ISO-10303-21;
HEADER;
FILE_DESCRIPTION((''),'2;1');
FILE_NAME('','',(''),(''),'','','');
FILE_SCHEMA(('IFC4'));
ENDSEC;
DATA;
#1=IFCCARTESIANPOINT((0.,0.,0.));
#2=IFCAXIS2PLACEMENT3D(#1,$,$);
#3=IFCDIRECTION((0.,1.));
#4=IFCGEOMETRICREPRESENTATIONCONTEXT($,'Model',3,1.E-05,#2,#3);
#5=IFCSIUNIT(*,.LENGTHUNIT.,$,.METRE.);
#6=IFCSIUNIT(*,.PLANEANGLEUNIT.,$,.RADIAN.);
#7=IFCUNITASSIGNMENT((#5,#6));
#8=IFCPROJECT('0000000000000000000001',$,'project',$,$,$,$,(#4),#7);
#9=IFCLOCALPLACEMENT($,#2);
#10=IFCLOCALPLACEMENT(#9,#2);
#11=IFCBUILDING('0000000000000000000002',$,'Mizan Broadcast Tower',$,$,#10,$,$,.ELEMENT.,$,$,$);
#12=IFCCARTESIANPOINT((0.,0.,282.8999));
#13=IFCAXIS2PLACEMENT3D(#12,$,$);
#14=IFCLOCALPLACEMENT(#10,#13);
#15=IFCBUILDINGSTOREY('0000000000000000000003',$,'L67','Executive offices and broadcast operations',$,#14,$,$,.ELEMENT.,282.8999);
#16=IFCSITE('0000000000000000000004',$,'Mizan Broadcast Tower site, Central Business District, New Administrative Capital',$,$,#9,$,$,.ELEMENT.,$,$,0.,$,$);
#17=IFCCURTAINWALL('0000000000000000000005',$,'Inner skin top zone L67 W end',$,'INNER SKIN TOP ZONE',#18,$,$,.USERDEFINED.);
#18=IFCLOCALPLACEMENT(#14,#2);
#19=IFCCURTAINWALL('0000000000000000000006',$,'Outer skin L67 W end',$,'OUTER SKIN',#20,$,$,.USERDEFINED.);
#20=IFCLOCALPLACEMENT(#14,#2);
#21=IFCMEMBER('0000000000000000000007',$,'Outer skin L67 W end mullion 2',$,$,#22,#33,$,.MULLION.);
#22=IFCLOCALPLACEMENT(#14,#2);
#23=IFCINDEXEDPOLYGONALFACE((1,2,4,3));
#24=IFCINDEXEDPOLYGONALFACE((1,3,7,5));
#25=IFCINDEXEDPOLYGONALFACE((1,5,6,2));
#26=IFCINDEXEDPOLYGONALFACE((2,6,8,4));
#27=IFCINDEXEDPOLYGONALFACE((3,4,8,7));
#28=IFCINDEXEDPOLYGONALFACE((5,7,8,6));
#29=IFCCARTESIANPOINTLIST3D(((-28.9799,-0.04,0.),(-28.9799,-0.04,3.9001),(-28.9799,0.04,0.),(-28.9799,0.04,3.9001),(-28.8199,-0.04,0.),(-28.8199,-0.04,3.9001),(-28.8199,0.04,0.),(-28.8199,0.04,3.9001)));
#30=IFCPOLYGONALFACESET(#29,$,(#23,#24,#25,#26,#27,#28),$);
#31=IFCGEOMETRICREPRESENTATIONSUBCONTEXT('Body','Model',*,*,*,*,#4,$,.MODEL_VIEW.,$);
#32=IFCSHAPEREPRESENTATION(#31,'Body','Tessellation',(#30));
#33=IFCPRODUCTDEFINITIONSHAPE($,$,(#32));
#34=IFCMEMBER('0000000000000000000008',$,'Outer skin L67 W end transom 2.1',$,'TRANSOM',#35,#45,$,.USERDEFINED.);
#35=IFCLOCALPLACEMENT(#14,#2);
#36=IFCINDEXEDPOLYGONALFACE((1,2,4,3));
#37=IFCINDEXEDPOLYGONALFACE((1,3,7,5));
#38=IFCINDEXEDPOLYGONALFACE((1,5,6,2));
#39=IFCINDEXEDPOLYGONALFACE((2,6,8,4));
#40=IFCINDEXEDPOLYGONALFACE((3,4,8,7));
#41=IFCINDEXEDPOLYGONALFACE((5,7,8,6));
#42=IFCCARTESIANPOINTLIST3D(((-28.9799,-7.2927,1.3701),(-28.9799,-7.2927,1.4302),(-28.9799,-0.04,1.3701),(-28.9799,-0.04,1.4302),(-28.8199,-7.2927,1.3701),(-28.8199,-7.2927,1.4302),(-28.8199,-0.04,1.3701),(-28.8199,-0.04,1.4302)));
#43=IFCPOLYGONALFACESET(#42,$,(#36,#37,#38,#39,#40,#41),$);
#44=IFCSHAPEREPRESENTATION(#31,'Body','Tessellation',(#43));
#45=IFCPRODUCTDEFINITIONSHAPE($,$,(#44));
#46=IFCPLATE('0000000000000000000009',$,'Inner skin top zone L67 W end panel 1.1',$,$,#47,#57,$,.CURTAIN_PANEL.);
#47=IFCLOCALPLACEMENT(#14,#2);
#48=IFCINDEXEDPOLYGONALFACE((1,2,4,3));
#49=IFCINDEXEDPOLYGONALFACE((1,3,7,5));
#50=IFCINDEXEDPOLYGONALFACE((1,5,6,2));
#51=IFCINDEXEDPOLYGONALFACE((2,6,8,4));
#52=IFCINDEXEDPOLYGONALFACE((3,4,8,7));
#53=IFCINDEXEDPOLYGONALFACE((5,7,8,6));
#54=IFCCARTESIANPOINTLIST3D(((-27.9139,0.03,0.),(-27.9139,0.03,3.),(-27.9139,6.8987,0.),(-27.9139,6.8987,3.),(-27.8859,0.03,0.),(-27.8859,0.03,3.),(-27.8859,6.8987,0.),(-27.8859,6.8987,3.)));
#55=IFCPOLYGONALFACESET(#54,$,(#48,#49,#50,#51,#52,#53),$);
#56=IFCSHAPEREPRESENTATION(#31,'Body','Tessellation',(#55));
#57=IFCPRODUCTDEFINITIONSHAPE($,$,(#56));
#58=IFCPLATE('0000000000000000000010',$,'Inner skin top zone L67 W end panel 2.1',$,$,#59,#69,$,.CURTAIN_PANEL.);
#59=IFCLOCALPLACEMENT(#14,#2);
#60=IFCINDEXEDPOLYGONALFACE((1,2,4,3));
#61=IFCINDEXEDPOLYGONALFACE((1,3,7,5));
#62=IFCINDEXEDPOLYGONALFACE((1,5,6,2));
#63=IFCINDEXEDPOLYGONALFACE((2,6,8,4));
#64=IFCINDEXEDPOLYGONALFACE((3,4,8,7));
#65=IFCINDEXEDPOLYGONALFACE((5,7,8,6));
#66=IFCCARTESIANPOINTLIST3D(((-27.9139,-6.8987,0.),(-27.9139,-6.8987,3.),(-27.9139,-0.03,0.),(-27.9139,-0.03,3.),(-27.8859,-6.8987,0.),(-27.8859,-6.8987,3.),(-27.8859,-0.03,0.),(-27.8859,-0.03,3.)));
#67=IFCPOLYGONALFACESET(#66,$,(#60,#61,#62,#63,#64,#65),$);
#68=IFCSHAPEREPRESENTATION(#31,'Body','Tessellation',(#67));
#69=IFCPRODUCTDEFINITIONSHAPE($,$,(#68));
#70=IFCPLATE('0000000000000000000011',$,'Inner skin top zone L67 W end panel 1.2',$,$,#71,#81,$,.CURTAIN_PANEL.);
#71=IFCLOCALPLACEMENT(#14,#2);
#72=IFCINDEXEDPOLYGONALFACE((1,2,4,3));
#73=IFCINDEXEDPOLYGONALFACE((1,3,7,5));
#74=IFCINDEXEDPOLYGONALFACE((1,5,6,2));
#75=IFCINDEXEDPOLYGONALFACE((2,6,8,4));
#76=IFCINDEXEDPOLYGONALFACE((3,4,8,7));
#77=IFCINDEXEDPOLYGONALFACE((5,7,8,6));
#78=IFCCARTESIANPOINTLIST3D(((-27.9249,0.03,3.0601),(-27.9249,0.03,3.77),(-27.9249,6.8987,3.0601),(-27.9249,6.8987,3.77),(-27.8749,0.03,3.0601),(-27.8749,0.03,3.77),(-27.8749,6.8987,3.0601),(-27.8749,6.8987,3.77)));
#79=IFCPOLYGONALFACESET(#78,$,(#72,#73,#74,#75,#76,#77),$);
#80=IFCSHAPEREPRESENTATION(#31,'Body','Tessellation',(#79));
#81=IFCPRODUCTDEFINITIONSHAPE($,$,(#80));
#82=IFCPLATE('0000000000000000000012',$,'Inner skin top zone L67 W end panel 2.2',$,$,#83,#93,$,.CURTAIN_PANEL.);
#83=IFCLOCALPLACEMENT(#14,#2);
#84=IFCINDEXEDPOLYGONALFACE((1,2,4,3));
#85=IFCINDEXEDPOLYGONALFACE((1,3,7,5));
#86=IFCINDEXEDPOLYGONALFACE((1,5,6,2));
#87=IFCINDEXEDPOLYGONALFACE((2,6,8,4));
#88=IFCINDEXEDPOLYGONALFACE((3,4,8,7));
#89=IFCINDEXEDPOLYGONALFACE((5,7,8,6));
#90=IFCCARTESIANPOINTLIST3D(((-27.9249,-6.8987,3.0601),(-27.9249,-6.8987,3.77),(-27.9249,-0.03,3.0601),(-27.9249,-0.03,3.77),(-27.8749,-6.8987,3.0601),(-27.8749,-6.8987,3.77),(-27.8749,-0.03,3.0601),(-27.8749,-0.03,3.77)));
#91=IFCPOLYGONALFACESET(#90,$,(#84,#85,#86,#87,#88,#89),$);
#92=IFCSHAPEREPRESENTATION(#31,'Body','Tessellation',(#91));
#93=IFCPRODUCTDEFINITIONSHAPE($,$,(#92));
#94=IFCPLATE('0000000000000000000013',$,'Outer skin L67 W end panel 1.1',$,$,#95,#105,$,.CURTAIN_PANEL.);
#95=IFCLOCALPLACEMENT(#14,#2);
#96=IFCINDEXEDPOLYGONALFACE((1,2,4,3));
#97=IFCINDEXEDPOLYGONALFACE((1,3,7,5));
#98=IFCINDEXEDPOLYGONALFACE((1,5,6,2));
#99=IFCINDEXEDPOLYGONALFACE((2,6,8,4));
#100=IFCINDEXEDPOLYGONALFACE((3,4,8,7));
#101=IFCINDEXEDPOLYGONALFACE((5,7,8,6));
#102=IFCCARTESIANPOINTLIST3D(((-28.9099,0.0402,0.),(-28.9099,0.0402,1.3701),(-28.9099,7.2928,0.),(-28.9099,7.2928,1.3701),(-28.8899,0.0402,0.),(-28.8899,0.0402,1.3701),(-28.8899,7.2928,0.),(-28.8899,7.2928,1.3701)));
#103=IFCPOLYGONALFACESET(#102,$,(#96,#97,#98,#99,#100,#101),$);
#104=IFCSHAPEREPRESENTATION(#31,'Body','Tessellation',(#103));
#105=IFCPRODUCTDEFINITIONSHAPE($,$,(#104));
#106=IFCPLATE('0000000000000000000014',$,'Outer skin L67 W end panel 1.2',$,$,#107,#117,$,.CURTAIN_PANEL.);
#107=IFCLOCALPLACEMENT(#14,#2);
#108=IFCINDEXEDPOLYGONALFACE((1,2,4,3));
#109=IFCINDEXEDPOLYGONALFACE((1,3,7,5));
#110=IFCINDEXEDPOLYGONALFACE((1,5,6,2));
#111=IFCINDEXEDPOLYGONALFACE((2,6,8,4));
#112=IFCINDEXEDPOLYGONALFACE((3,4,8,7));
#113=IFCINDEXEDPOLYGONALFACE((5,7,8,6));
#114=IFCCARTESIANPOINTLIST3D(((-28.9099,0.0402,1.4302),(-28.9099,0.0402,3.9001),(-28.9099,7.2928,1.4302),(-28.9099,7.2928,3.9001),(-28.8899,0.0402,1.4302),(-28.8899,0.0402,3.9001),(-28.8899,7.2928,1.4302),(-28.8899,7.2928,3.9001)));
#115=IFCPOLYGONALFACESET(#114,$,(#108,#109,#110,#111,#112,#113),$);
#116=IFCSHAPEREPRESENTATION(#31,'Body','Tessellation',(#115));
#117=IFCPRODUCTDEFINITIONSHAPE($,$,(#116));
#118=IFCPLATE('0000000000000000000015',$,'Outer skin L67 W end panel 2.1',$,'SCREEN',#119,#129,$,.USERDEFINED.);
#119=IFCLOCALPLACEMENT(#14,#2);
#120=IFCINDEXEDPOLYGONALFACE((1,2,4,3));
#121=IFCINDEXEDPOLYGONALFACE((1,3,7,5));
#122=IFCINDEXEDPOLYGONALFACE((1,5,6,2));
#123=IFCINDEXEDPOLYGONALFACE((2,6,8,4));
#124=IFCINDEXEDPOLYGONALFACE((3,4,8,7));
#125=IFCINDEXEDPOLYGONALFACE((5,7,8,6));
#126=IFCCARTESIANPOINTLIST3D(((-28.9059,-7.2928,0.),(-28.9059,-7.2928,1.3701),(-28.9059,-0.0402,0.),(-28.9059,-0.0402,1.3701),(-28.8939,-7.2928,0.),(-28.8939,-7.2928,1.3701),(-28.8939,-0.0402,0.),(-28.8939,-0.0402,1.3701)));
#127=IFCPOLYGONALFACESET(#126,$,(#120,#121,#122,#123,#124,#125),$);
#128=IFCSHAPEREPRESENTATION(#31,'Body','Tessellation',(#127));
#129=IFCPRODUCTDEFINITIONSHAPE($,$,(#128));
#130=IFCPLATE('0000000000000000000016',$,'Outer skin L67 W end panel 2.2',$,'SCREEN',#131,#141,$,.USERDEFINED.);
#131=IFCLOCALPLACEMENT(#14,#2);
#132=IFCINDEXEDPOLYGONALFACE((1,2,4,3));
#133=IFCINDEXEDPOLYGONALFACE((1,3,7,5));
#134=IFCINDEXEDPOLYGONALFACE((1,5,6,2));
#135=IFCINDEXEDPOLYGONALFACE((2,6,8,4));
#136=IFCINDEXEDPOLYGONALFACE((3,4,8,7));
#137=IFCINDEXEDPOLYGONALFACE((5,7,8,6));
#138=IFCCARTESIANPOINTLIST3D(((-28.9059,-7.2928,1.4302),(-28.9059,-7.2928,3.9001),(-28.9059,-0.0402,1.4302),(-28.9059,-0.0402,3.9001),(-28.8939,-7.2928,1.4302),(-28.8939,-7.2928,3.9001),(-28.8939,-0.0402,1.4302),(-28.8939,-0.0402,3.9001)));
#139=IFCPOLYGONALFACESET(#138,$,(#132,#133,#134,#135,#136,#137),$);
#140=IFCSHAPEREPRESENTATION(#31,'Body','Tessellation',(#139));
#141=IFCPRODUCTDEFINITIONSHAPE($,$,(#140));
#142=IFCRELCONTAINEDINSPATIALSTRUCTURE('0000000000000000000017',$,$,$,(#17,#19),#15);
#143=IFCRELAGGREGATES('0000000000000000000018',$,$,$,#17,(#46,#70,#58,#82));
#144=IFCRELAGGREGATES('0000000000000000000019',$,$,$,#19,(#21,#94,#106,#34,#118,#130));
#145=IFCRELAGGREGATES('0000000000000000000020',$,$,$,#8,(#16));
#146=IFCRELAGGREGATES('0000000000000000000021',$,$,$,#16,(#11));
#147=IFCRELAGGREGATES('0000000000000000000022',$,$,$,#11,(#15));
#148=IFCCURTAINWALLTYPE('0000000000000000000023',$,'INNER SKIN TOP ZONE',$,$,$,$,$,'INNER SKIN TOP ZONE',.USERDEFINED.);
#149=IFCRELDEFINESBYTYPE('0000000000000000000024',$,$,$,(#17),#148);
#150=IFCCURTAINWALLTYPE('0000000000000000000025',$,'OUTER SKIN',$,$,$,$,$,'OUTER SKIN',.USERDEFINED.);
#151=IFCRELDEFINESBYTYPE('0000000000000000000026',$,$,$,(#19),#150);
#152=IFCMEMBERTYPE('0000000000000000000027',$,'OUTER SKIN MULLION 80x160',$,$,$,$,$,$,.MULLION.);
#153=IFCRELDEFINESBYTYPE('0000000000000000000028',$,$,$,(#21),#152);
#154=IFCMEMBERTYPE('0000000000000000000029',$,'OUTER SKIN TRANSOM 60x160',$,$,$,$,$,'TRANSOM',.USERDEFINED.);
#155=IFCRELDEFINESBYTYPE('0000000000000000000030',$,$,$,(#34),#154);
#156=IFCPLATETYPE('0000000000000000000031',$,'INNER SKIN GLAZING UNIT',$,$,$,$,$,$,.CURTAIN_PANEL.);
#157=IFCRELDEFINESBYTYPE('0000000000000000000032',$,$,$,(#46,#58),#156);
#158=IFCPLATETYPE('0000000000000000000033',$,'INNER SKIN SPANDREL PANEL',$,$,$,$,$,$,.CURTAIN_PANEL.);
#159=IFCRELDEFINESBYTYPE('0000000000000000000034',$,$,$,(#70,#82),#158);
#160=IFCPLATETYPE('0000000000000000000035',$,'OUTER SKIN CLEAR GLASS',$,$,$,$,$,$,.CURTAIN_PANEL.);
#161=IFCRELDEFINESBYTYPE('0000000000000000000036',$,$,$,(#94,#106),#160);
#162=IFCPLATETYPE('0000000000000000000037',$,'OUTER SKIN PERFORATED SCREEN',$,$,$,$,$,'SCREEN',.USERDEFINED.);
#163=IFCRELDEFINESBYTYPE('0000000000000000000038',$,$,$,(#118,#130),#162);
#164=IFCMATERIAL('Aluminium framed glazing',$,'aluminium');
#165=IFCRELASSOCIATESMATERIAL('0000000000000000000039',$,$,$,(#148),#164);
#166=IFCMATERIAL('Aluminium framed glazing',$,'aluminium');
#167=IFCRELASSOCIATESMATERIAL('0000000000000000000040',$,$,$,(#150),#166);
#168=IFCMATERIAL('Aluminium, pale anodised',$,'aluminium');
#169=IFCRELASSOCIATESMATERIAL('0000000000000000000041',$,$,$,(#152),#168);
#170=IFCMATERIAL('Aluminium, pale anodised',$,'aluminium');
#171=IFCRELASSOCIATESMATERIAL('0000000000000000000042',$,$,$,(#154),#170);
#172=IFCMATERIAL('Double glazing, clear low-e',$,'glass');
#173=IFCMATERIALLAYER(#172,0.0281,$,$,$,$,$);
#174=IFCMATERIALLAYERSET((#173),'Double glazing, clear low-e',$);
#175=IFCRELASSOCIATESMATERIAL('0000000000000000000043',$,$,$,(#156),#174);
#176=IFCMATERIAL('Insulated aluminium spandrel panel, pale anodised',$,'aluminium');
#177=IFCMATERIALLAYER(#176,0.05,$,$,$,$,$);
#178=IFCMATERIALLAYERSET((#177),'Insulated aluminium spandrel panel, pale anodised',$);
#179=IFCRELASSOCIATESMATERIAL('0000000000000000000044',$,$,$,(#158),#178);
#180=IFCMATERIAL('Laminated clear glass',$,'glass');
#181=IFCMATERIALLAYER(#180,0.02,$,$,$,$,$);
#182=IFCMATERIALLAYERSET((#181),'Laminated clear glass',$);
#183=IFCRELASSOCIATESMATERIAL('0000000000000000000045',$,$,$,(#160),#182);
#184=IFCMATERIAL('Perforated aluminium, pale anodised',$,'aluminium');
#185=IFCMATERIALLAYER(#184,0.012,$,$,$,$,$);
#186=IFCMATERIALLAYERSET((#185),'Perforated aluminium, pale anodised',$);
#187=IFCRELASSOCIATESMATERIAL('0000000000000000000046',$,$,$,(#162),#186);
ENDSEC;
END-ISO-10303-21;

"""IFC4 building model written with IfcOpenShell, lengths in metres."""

from ifc_helpers import new_model, si_unit, direction, frame, origin, origin_2d, place, context, subcontext, project, spatial, rectangle, extrude, material, layer, layer_set, material_profile, profile_set, type_object, element, aggregate, save


model = new_model("IFC4")

# Units and contexts
model_context = context("Model", 3, precision=1e-05, world=origin(), true_north=direction((0.0, 1.0)))
body_context = subcontext(model_context, "Body", "Model", "MODEL_VIEW")
ifc_project = project(units=[si_unit("LENGTHUNIT", "METRE"), si_unit("PLANEANGLEUNIT", "RADIAN")], contexts=[model_context])

# Site, building, storey
site_placement = place(None, origin())
site = spatial("IfcSite", under=ifc_project, at=site_placement, Name="Mizan Broadcast Tower site, Central Business District, New Administrative Capital", CompositionType="ELEMENT", RefElevation=0.0)
building_placement = place(site_placement, origin())
building = spatial("IfcBuilding", under=site, at=building_placement, Name="Mizan Broadcast Tower", CompositionType="ELEMENT")
storey_placement = place(building_placement, frame((0.0, 0.0, 282.8999)))
storey = spatial("IfcBuildingStorey", under=building, at=storey_placement, Name="L67", Description="Executive offices and broadcast operations", CompositionType="ELEMENT", Elevation=282.8999)

# Shared definitions
ifc_material_1 = material(Name="Aluminium framed glazing", Category="aluminium")
curtain_wall_type_1 = type_object("IfcCurtainWallType", Name="INNER SKIN TOP ZONE", ElementType="INNER SKIN TOP ZONE", PredefinedType="USERDEFINED", material=ifc_material_1)

# Curtain wall
curtain_wall_1_placement = place(storey_placement, origin())
curtain_wall_1 = element("IfcCurtainWall", 1, at=curtain_wall_1_placement, inside=storey, type_object=curtain_wall_type_1, Name="Inner skin top zone L67 W end", ObjectType="INNER SKIN TOP ZONE", PredefinedType="USERDEFINED")

# Curtain wall, members
ifc_material_2 = material(Name="Aluminium framed glazing", Category="aluminium")
curtain_wall_type_2 = type_object("IfcCurtainWallType", Name="OUTER SKIN", ElementType="OUTER SKIN", PredefinedType="USERDEFINED", material=ifc_material_2)
curtain_wall_2_placement = place(storey_placement, origin())
curtain_wall_2 = element("IfcCurtainWall", 2, at=curtain_wall_2_placement, inside=storey, type_object=curtain_wall_type_2, Name="Outer skin L67 W end", ObjectType="OUTER SKIN", PredefinedType="USERDEFINED")
ifc_material_3 = material(Name="Aluminium, pale anodised", Category="aluminium")
ifc_material_profile_1 = material_profile(ifc_material_3, rectangle(XDim=0.1599, YDim=0.0801, at=origin_2d()), Name="MULLION 160x80")
ifc_profile_set_1 = profile_set([ifc_material_profile_1], Name="Aluminium, pale anodised")
member_type_1 = type_object("IfcMemberType", Name="OUTER SKIN MULLION 80x160", PredefinedType="MULLION", material=ifc_profile_set_1)
member_1_placement = place(storey_placement, frame((-28.8999, 0.0, 0.0), z_axis=(0.0, 0.0, 1.0), x_axis=(1.0, 0.0, 0.0)))
member_1 = element("IfcMember", 3, at=member_1_placement, type_object=member_type_1, Name="Outer skin L67 W end mullion 2", PredefinedType="MULLION", context=body_context, shape_type="SweptSolid", body=[
    extrude(rectangle(XDim=0.1599, YDim=0.0801, at=origin_2d()), origin(), (0.0, 0.0, 1.0), 3.9001),
])
ifc_material_4 = material(Name="Aluminium, pale anodised", Category="aluminium")
ifc_material_profile_2 = material_profile(ifc_material_4, rectangle(XDim=0.1599, YDim=0.0601, at=origin_2d()), Name="TRANSOM 160x60")
ifc_profile_set_2 = profile_set([ifc_material_profile_2], Name="Aluminium, pale anodised")
member_type_2 = type_object("IfcMemberType", Name="OUTER SKIN TRANSOM 60x160", ElementType="TRANSOM", PredefinedType="USERDEFINED", material=ifc_profile_set_2)
member_2_placement = place(storey_placement, frame((-28.8999, -0.04, 1.4001), z_axis=(0.0, -1.0, 0.0), x_axis=(1.0, 0.0, 0.0)))
member_2 = element("IfcMember", 4, at=member_2_placement, type_object=member_type_2, Name="Outer skin L67 W end transom 2.1", ObjectType="TRANSOM", PredefinedType="USERDEFINED", context=body_context, shape_type="SweptSolid", body=[
    extrude(rectangle(XDim=0.1599, YDim=0.0601, at=origin_2d()), origin(), (0.0, 0.0, 1.0), 7.2527),
])

# Plates
ifc_material_5 = material(Name="Double glazing, clear low-e", Category="glass")
ifc_layer_1 = layer(ifc_material_5, 0.0281)
ifc_layer_set_1 = layer_set([ifc_layer_1], Name="Double glazing, clear low-e")
plate_type_1 = type_object("IfcPlateType", Name="INNER SKIN GLAZING UNIT", PredefinedType="CURTAIN_PANEL", material=ifc_layer_set_1)
plate_1_placement = place(storey_placement, frame((-27.8999, 3.4644, 0.0), z_axis=(0.0, 0.0, 1.0), x_axis=(0.0, -1.0, 0.0)))
plate_1 = element("IfcPlate", 5, at=plate_1_placement, type_object=plate_type_1, Name="Inner skin top zone L67 W end panel 1.1", PredefinedType="CURTAIN_PANEL", context=body_context, shape_type="SweptSolid", body=[
    extrude(rectangle(XDim=6.8687, YDim=0.0281, at=origin_2d()), origin(), (0.0, 0.0, 1.0), 3.0),
])
plate_2_placement = place(storey_placement, frame((-27.8999, -3.4644, 0.0), z_axis=(0.0, 0.0, 1.0), x_axis=(0.0, -1.0, 0.0)))
plate_2 = element("IfcPlate", 6, at=plate_2_placement, type_object=plate_type_1, Name="Inner skin top zone L67 W end panel 2.1", PredefinedType="CURTAIN_PANEL", context=body_context, shape_type="SweptSolid", body=[
    extrude(rectangle(XDim=6.8687, YDim=0.0281, at=origin_2d()), origin(), (0.0, 0.0, 1.0), 3.0),
])
ifc_material_6 = material(Name="Insulated aluminium spandrel panel, pale anodised", Category="aluminium")
ifc_layer_2 = layer(ifc_material_6, 0.05)
ifc_layer_set_2 = layer_set([ifc_layer_2], Name="Insulated aluminium spandrel panel, pale anodised")
plate_type_2 = type_object("IfcPlateType", Name="INNER SKIN SPANDREL PANEL", PredefinedType="CURTAIN_PANEL", material=ifc_layer_set_2)
plate_3_placement = place(storey_placement, frame((-27.8999, 3.4644, 3.0601), z_axis=(0.0, 0.0, 1.0), x_axis=(0.0, -1.0, 0.0)))
plate_3 = element("IfcPlate", 7, at=plate_3_placement, type_object=plate_type_2, Name="Inner skin top zone L67 W end panel 1.2", PredefinedType="CURTAIN_PANEL", context=body_context, shape_type="SweptSolid", body=[
    extrude(rectangle(XDim=6.8687, YDim=0.05, at=origin_2d()), origin(), (0.0, 0.0, 1.0), 0.71),
])
plate_4_placement = place(storey_placement, frame((-27.8999, -3.4644, 3.0601), z_axis=(0.0, 0.0, 1.0), x_axis=(0.0, -1.0, 0.0)))
plate_4 = element("IfcPlate", 8, at=plate_4_placement, type_object=plate_type_2, Name="Inner skin top zone L67 W end panel 2.2", PredefinedType="CURTAIN_PANEL", context=body_context, shape_type="SweptSolid", body=[
    extrude(rectangle(XDim=6.8687, YDim=0.05, at=origin_2d()), origin(), (0.0, 0.0, 1.0), 0.71),
])
aggregate(curtain_wall_1, [plate_1, plate_3, plate_2, plate_4])
ifc_material_7 = material(Name="Laminated clear glass", Category="glass")
ifc_layer_3 = layer(ifc_material_7, 0.02)
ifc_layer_set_3 = layer_set([ifc_layer_3], Name="Laminated clear glass")
plate_type_3 = type_object("IfcPlateType", Name="OUTER SKIN CLEAR GLASS", PredefinedType="CURTAIN_PANEL", material=ifc_layer_set_3)
plate_5_placement = place(storey_placement, frame((-28.8999, 3.6665, 0.0), z_axis=(0.0, 0.0, 1.0), x_axis=(0.0, -1.0, 0.0)))
plate_5 = element("IfcPlate", 9, at=plate_5_placement, type_object=plate_type_3, Name="Outer skin L67 W end panel 1.1", PredefinedType="CURTAIN_PANEL", context=body_context, shape_type="SweptSolid", body=[
    extrude(rectangle(XDim=7.2527, YDim=0.02, at=origin_2d()), origin(), (0.0, 0.0, 1.0), 1.3701),
])
plate_6_placement = place(storey_placement, frame((-28.8999, 3.6665, 1.4302), z_axis=(0.0, 0.0, 1.0), x_axis=(0.0, -1.0, 0.0)))
plate_6 = element("IfcPlate", 10, at=plate_6_placement, type_object=plate_type_3, Name="Outer skin L67 W end panel 1.2", PredefinedType="CURTAIN_PANEL", context=body_context, shape_type="SweptSolid", body=[
    extrude(rectangle(XDim=7.2527, YDim=0.02, at=origin_2d()), origin(), (0.0, 0.0, 1.0), 2.47),
])
ifc_material_8 = material(Name="Perforated aluminium, pale anodised", Category="aluminium")
ifc_layer_4 = layer(ifc_material_8, 0.012)
ifc_layer_set_4 = layer_set([ifc_layer_4], Name="Perforated aluminium, pale anodised")
plate_type_4 = type_object("IfcPlateType", Name="OUTER SKIN PERFORATED SCREEN", ElementType="SCREEN", PredefinedType="USERDEFINED", material=ifc_layer_set_4)
plate_7_placement = place(storey_placement, frame((-28.8999, -3.6665, 0.0), z_axis=(0.0, 0.0, 1.0), x_axis=(0.0, -1.0, 0.0)))
plate_7 = element("IfcPlate", 11, at=plate_7_placement, type_object=plate_type_4, Name="Outer skin L67 W end panel 2.1", ObjectType="SCREEN", PredefinedType="USERDEFINED", context=body_context, shape_type="SweptSolid", body=[
    extrude(rectangle(XDim=7.2527, YDim=0.012, at=origin_2d()), origin(), (0.0, 0.0, 1.0), 1.3701),
])
plate_8_placement = place(storey_placement, frame((-28.8999, -3.6665, 1.4302), z_axis=(0.0, 0.0, 1.0), x_axis=(0.0, -1.0, 0.0)))
plate_8 = element("IfcPlate", 12, at=plate_8_placement, type_object=plate_type_4, Name="Outer skin L67 W end panel 2.2", ObjectType="SCREEN", PredefinedType="USERDEFINED", context=body_context, shape_type="SweptSolid", body=[
    extrude(rectangle(XDim=7.2527, YDim=0.012, at=origin_2d()), origin(), (0.0, 0.0, 1.0), 2.47),
])
aggregate(curtain_wall_2, [member_1, plate_5, plate_6, member_2, plate_7, plate_8])

save(model, "model.ifc")
